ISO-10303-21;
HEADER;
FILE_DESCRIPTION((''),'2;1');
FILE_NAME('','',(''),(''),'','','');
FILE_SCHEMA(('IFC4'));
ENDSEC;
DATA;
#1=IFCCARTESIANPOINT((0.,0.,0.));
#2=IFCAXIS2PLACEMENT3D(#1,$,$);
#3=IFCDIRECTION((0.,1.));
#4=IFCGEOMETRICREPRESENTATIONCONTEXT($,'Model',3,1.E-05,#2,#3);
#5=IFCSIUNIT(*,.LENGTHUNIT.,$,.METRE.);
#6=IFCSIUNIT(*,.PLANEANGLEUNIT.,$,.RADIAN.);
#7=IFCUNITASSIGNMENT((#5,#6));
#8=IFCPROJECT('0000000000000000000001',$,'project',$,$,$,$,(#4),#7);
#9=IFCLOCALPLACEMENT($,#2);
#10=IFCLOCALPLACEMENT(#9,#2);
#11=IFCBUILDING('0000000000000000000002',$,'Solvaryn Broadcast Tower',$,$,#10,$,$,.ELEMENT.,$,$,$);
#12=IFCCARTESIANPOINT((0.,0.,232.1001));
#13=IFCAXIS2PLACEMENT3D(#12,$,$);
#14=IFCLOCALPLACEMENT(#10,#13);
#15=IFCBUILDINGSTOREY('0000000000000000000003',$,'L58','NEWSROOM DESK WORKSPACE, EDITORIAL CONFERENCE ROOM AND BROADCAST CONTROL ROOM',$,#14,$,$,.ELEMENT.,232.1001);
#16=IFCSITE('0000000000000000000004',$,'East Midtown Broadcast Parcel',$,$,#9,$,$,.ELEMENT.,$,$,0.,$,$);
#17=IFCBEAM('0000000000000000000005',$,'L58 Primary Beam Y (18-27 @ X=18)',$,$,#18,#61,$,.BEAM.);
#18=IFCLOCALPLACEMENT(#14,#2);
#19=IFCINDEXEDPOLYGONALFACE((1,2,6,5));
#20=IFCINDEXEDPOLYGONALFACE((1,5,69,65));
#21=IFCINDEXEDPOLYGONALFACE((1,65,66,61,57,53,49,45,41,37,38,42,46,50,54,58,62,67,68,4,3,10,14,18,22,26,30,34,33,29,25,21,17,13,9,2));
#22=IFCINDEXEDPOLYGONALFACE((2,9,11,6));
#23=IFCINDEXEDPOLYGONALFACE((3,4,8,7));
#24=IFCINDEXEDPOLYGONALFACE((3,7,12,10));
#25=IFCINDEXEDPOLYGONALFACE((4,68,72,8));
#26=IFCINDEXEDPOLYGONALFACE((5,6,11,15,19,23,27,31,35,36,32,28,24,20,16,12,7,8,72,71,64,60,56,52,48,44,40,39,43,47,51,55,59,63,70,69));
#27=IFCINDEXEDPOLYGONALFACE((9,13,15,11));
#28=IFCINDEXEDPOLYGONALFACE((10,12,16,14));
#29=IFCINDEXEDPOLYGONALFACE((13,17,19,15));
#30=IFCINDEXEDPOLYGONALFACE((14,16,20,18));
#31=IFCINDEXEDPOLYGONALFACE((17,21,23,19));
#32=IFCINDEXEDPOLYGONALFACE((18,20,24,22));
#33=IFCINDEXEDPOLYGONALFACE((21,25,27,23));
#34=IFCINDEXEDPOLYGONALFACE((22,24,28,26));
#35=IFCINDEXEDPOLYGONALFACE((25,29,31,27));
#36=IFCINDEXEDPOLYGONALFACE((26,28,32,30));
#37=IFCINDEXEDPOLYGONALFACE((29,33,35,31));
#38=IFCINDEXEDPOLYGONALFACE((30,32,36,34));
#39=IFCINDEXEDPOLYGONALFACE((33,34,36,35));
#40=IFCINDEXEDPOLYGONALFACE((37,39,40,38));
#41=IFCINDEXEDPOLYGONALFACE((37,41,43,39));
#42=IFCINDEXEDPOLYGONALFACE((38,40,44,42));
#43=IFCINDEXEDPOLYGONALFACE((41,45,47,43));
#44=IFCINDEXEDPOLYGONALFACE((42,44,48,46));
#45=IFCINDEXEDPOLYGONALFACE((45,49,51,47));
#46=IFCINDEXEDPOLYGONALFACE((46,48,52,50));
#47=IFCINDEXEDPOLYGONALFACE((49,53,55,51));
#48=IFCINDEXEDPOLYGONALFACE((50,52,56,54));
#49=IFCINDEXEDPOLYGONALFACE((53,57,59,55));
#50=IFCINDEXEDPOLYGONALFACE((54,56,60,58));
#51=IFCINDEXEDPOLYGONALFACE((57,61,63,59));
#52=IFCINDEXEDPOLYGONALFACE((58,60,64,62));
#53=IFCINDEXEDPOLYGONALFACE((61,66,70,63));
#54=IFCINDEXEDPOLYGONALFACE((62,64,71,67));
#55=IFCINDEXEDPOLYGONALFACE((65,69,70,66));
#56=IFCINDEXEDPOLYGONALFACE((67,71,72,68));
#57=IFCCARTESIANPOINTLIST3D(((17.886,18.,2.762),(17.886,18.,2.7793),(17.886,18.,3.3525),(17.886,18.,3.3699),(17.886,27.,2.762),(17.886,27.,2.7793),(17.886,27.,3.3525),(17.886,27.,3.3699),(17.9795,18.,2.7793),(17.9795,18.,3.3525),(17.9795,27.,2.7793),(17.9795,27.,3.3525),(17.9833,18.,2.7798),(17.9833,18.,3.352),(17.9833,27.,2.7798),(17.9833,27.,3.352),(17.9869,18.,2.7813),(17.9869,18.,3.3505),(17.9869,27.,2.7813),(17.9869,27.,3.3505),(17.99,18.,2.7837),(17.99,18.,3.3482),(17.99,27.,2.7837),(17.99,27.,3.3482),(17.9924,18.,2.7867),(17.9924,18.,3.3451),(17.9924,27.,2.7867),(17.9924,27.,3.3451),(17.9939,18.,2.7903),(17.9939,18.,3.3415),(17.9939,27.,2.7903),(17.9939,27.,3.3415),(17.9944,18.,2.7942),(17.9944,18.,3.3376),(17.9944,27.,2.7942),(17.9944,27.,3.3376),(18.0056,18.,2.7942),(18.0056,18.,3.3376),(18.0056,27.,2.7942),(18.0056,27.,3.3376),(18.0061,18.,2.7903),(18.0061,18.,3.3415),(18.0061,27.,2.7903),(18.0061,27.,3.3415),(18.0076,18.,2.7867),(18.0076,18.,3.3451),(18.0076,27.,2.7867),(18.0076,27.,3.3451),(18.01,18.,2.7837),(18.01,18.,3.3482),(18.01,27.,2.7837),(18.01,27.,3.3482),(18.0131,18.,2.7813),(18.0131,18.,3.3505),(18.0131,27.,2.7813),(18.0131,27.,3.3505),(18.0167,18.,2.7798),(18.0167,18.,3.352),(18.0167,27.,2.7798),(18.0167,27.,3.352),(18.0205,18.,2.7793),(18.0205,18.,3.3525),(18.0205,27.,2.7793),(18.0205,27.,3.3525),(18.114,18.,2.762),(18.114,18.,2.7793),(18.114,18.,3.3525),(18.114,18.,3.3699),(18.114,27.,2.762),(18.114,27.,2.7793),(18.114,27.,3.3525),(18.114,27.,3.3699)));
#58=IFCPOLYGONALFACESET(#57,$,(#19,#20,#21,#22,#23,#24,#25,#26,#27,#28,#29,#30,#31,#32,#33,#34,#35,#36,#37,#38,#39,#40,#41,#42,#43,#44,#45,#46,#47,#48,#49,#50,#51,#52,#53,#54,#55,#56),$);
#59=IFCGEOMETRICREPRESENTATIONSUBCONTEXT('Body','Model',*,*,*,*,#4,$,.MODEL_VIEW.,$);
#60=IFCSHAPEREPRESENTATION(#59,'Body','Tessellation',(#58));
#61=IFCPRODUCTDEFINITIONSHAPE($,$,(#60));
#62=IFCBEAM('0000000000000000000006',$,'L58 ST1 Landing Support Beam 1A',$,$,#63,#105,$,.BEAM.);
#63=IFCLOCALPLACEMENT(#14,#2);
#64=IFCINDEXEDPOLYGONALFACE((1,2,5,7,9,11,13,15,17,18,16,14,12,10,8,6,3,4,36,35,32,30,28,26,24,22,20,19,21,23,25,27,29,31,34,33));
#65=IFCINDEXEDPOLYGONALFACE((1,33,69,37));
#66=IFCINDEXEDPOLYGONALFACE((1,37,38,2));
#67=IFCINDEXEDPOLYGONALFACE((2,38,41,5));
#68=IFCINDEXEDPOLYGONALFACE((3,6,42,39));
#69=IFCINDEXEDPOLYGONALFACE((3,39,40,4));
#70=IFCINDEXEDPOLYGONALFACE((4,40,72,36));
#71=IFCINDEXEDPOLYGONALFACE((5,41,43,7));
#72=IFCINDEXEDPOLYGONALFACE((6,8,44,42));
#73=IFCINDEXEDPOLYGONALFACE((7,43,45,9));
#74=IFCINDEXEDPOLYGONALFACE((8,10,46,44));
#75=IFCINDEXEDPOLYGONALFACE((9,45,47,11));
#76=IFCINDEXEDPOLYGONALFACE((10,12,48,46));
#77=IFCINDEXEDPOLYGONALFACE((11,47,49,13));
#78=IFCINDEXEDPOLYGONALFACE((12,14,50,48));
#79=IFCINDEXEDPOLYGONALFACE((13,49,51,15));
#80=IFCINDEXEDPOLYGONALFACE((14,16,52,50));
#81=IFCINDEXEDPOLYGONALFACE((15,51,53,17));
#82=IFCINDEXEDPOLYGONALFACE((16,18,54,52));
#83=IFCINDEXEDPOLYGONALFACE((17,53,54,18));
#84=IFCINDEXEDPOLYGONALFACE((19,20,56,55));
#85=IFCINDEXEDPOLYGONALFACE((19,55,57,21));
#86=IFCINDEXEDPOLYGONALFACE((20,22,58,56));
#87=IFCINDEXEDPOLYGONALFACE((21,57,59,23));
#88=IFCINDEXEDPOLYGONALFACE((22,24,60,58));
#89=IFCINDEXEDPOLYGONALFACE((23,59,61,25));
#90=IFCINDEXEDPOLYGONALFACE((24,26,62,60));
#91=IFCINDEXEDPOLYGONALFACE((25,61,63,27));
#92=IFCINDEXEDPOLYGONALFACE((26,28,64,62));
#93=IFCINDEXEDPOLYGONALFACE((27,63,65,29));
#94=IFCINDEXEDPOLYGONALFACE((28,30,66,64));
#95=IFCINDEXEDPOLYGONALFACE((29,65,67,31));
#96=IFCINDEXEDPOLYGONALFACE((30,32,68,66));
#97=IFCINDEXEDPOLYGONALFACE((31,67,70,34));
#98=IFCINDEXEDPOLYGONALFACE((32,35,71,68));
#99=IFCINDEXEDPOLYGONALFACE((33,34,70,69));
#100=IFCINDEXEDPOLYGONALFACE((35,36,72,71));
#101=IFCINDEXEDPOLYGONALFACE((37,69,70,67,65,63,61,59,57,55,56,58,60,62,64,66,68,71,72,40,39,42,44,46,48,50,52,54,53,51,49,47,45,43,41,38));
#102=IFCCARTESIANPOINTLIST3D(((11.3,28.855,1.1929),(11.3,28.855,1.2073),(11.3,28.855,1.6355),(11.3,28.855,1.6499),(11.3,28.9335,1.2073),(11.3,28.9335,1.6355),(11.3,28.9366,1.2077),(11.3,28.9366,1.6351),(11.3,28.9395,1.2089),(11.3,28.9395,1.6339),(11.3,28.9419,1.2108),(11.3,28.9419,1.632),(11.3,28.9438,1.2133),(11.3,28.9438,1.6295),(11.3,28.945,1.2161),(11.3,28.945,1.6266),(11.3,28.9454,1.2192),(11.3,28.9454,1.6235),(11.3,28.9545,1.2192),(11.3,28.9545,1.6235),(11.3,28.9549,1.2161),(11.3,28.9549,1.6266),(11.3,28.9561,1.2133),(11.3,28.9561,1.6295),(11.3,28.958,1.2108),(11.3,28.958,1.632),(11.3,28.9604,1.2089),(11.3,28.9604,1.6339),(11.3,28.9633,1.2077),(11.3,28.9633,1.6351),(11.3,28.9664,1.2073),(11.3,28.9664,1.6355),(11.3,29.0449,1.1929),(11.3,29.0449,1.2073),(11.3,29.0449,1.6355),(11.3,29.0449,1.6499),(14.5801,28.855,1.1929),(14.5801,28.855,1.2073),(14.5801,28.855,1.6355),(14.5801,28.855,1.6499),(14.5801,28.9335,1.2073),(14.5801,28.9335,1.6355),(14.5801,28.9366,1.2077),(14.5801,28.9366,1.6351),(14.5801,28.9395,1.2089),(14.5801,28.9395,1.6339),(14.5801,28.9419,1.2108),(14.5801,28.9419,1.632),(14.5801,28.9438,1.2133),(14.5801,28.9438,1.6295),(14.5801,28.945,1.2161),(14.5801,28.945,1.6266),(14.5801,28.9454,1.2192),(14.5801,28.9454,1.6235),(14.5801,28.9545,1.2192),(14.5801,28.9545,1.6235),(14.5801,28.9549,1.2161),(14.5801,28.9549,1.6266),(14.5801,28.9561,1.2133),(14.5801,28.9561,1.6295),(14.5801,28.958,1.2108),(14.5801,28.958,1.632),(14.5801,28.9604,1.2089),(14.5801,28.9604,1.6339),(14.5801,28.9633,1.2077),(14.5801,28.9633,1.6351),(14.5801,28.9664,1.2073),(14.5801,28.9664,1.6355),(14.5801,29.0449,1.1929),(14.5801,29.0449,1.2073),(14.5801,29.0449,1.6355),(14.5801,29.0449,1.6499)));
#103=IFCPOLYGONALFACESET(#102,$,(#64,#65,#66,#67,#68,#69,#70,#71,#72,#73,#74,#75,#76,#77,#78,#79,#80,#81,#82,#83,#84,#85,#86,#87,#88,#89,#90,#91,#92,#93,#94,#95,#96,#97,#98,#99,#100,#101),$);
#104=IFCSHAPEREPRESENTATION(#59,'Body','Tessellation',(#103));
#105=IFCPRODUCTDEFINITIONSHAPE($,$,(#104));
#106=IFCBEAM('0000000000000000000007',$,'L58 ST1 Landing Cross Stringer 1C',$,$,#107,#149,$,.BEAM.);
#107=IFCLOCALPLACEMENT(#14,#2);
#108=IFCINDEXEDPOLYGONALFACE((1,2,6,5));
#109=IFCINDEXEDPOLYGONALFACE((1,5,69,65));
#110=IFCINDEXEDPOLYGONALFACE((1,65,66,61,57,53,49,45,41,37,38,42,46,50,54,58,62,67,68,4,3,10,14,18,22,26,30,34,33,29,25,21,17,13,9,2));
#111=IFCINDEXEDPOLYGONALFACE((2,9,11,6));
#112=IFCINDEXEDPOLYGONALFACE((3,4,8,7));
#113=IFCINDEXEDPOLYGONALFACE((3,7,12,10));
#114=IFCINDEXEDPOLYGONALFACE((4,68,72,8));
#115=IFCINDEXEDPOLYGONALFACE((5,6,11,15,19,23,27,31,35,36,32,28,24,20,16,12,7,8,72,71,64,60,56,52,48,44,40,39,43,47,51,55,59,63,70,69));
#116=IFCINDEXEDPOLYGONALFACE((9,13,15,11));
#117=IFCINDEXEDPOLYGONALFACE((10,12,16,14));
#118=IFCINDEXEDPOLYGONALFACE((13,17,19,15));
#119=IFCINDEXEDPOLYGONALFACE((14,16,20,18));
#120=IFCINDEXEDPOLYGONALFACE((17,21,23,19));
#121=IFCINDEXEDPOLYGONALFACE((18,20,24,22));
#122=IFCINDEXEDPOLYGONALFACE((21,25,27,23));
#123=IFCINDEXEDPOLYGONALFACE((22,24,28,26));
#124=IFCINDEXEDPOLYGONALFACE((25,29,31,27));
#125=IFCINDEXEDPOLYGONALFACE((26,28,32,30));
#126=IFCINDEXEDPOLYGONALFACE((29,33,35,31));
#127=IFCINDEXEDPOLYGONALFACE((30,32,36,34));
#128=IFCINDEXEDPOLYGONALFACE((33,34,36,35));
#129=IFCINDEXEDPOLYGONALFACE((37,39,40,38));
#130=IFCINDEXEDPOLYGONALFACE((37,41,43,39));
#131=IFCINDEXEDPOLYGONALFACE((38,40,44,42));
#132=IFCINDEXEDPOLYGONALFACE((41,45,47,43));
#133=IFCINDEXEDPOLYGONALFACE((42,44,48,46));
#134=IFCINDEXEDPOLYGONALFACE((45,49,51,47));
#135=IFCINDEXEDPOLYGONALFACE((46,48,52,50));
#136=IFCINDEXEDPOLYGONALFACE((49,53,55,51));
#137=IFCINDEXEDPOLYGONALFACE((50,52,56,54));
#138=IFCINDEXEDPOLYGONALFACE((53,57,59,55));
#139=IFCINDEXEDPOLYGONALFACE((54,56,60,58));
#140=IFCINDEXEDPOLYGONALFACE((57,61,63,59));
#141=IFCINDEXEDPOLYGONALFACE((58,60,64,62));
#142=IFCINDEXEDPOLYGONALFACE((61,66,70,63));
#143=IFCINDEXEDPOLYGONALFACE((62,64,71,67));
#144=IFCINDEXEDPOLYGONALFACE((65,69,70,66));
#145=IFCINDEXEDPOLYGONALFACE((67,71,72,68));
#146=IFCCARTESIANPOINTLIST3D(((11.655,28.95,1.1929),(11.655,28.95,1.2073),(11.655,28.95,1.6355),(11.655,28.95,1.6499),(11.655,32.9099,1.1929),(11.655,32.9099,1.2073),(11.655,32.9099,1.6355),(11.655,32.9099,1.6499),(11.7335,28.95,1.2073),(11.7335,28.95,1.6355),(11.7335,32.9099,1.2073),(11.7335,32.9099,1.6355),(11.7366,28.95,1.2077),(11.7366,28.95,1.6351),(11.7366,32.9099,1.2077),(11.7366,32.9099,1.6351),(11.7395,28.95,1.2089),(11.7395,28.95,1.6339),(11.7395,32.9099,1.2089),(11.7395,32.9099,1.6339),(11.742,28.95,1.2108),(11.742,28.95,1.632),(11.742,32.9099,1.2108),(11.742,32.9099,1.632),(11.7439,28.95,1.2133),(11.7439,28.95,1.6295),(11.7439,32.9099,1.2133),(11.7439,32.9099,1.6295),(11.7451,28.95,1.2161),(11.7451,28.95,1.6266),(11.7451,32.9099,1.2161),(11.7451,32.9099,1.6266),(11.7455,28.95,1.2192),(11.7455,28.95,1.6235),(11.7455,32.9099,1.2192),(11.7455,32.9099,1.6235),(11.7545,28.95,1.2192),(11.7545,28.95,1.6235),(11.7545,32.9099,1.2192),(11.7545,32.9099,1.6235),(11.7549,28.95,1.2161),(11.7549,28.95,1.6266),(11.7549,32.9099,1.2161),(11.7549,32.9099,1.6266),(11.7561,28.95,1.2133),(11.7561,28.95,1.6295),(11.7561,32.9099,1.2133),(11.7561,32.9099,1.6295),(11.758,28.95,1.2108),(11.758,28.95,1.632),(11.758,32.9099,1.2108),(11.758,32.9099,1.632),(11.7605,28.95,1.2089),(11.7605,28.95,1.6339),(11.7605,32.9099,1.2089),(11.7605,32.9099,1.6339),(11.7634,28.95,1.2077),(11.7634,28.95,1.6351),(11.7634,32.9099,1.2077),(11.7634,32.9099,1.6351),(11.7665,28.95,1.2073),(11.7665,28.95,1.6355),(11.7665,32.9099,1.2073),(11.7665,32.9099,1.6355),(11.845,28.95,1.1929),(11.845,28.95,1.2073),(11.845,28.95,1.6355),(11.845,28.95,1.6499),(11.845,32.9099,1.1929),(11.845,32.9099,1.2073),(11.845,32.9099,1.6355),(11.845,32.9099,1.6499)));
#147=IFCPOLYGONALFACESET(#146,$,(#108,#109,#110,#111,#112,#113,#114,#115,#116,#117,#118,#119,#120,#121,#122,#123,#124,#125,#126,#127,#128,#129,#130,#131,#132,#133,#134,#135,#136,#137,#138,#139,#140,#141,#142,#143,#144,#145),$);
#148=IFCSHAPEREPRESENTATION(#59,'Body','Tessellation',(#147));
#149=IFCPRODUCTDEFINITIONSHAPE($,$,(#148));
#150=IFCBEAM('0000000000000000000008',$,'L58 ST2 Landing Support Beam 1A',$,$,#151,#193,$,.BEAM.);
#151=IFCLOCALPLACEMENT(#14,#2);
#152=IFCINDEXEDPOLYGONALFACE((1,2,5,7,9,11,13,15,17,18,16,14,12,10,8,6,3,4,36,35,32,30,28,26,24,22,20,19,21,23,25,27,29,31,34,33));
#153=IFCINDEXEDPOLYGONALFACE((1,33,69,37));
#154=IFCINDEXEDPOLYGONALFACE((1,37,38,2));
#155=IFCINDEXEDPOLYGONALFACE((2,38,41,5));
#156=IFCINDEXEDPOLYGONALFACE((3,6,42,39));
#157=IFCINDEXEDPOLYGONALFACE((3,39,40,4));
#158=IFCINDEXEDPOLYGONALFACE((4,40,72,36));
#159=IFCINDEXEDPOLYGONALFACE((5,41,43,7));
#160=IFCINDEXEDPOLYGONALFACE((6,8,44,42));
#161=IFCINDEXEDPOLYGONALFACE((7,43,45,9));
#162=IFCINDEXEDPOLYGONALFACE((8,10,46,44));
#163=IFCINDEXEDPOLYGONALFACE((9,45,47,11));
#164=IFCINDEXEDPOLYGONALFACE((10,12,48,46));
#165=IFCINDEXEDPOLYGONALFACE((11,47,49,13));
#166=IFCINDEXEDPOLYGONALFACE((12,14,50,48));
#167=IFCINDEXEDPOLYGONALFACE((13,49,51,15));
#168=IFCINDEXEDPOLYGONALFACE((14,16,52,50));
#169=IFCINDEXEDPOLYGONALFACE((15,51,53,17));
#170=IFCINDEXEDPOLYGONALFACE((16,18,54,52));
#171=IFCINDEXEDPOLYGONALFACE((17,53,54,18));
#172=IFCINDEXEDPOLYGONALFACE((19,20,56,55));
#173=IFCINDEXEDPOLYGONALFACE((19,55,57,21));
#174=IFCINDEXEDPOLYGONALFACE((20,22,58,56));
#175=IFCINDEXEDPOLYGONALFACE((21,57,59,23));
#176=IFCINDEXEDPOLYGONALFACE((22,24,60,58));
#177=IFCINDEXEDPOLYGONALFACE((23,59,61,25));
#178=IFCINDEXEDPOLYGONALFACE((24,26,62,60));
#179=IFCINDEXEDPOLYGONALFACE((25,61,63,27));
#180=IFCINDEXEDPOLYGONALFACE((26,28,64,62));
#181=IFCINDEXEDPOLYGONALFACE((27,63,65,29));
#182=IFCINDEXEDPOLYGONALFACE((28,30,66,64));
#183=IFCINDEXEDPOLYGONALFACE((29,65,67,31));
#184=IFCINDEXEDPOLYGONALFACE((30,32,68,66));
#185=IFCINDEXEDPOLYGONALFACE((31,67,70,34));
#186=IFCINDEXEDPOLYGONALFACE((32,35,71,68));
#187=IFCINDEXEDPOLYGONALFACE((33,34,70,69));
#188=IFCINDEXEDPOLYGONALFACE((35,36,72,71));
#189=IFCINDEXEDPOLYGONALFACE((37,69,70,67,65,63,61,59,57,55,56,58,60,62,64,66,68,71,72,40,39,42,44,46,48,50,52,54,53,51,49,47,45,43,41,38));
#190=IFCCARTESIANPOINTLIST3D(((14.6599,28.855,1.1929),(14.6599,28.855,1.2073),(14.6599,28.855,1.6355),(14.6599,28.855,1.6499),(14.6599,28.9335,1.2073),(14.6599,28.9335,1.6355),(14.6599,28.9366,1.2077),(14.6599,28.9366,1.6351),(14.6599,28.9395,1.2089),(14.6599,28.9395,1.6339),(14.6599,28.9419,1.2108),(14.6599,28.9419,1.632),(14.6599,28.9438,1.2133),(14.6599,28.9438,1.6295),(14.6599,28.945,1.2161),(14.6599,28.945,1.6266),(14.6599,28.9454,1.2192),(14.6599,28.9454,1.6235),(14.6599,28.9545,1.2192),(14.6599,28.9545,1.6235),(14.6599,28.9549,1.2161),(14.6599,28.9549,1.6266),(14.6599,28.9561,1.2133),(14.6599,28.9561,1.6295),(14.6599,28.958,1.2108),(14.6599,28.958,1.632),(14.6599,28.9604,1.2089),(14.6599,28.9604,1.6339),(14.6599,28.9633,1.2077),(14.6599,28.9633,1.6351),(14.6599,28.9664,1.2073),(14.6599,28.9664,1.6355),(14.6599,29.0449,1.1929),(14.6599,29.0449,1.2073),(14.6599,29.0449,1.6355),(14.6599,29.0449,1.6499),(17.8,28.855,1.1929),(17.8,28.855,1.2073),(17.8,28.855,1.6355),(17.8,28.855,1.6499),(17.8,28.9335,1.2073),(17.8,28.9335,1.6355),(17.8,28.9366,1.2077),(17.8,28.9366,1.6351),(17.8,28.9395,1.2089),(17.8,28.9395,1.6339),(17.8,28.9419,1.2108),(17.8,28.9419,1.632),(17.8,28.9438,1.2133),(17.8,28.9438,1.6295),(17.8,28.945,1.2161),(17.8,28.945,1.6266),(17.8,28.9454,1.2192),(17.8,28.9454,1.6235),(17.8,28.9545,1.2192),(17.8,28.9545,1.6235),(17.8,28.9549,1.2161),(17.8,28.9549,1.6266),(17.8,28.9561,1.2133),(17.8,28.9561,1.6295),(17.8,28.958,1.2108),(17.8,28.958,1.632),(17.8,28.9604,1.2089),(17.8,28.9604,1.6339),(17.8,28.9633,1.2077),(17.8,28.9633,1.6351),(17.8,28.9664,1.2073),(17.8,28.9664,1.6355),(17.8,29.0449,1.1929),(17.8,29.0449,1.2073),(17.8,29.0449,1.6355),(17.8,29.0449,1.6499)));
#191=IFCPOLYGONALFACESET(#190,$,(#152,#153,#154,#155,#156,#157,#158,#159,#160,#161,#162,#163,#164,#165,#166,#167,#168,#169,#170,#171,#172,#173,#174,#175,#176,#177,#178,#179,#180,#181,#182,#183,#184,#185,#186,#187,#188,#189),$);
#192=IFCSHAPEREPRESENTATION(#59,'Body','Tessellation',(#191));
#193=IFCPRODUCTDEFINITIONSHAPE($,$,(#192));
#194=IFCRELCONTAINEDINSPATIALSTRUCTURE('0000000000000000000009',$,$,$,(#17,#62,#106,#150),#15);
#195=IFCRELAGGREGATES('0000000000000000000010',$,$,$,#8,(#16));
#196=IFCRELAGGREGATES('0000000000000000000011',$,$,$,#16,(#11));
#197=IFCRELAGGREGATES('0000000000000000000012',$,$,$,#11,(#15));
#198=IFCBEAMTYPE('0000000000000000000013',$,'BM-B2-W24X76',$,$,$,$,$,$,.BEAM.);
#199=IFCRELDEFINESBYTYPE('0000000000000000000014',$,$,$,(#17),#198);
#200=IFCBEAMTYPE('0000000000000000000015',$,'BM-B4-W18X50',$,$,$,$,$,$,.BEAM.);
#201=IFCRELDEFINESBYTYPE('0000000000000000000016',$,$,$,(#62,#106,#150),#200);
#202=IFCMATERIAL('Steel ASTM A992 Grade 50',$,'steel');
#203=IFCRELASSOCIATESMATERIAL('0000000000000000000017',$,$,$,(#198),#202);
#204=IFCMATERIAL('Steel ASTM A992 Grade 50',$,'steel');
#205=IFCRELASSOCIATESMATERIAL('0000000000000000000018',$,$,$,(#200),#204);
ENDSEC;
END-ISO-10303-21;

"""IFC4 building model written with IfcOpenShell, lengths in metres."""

from ifc_helpers import new_model, si_unit, direction, frame, origin, origin_2d, place, context, subcontext, project, spatial, i_section, extrude, material, material_profile, profile_set, type_object, element, save


model = new_model("IFC4")

# Units and contexts
model_context = context("Model", 3, precision=1e-05, world=origin(), true_north=direction((0.0, 1.0)))
body_context = subcontext(model_context, "Body", "Model", "MODEL_VIEW")
ifc_project = project(units=[si_unit("LENGTHUNIT", "METRE"), si_unit("PLANEANGLEUNIT", "RADIAN")], contexts=[model_context])

# Site, building, storey
site_placement = place(None, origin())
site = spatial("IfcSite", under=ifc_project, at=site_placement, Name="East Midtown Broadcast Parcel", CompositionType="ELEMENT", RefElevation=0.0)
building_placement = place(site_placement, origin())
building = spatial("IfcBuilding", under=site, at=building_placement, Name="Solvaryn Broadcast Tower", CompositionType="ELEMENT")
storey_placement = place(building_placement, frame((0.0, 0.0, 232.1001)))
storey = spatial("IfcBuildingStorey", under=building, at=storey_placement, Name="L58", Description="NEWSROOM DESK WORKSPACE, EDITORIAL CONFERENCE ROOM AND BROADCAST CONTROL ROOM", CompositionType="ELEMENT", Elevation=232.1001)

# Beams
ifc_material_1 = material(Name="Steel ASTM A992 Grade 50", Category="steel")
ifc_material_profile_1 = material_profile(ifc_material_1, i_section(OverallWidth=0.228, OverallDepth=0.6079, WebThickness=0.0112, FlangeThickness=0.0173, FilletRadius=0.0149, at=origin_2d()))
ifc_profile_set_1 = profile_set([ifc_material_profile_1], Name="Steel ASTM A992 Grade 50")
beam_type_1 = type_object("IfcBeamType", Name="BM-B2-W24X76", PredefinedType="BEAM", material=ifc_profile_set_1)
beam_1_placement = place(storey_placement, frame((18.0, 18.0, 3.0659), z_axis=(0.0, 1.0, 0.0), x_axis=(-1.0, 0.0, 0.0)))
element("IfcBeam", 1, at=beam_1_placement, inside=storey, type_object=beam_type_1, Name="L58 Primary Beam Y (18-27 @ X=18)", PredefinedType="BEAM", context=body_context, shape_type="SweptSolid", body=[
    extrude(i_section(OverallWidth=0.228, OverallDepth=0.6079, WebThickness=0.0112, FlangeThickness=0.0173, FilletRadius=0.0149, at=origin_2d()), origin(), (0.0, 0.0, 1.0), 9.0),
])
ifc_material_2 = material(Name="Steel ASTM A992 Grade 50", Category="steel")
ifc_material_profile_2 = material_profile(ifc_material_2, i_section(OverallWidth=0.1899, OverallDepth=0.457, WebThickness=0.009, FlangeThickness=0.0144, FilletRadius=0.012, at=origin_2d()))
ifc_profile_set_2 = profile_set([ifc_material_profile_2], Name="Steel ASTM A992 Grade 50")
beam_type_2 = type_object("IfcBeamType", Name="BM-B4-W18X50", PredefinedType="BEAM", material=ifc_profile_set_2)
beam_2_placement = place(storey_placement, frame((11.3, 28.95, 1.4214), z_axis=(1.0, 0.0, 0.0), x_axis=(0.0, 1.0, 0.0)))
element("IfcBeam", 2, at=beam_2_placement, inside=storey, type_object=beam_type_2, Name="L58 ST1 Landing Support Beam 1A", PredefinedType="BEAM", context=body_context, shape_type="SweptSolid", body=[
    extrude(i_section(OverallWidth=0.1899, OverallDepth=0.457, WebThickness=0.009, FlangeThickness=0.0144, FilletRadius=0.012, at=origin_2d()), origin(), (0.0, 0.0, 1.0), 3.28),
])
beam_3_placement = place(storey_placement, frame((11.75, 28.95, 1.4214), z_axis=(0.0, 1.0, 0.0), x_axis=(-1.0, 0.0, 0.0)))
element("IfcBeam", 3, at=beam_3_placement, inside=storey, type_object=beam_type_2, Name="L58 ST1 Landing Cross Stringer 1C", PredefinedType="BEAM", context=body_context, shape_type="SweptSolid", body=[
    extrude(i_section(OverallWidth=0.1899, OverallDepth=0.457, WebThickness=0.009, FlangeThickness=0.0144, FilletRadius=0.012, at=origin_2d()), origin(), (0.0, 0.0, 1.0), 3.96),
])
beam_4_placement = place(storey_placement, frame((14.6599, 28.95, 1.4214), z_axis=(1.0, 0.0, 0.0), x_axis=(0.0, 1.0, 0.0)))
element("IfcBeam", 4, at=beam_4_placement, inside=storey, type_object=beam_type_2, Name="L58 ST2 Landing Support Beam 1A", PredefinedType="BEAM", context=body_context, shape_type="SweptSolid", body=[
    extrude(i_section(OverallWidth=0.1899, OverallDepth=0.457, WebThickness=0.009, FlangeThickness=0.0144, FilletRadius=0.012, at=origin_2d()), origin(), (0.0, 0.0, 1.0), 3.1401),
])

save(model, "model.ifc")
